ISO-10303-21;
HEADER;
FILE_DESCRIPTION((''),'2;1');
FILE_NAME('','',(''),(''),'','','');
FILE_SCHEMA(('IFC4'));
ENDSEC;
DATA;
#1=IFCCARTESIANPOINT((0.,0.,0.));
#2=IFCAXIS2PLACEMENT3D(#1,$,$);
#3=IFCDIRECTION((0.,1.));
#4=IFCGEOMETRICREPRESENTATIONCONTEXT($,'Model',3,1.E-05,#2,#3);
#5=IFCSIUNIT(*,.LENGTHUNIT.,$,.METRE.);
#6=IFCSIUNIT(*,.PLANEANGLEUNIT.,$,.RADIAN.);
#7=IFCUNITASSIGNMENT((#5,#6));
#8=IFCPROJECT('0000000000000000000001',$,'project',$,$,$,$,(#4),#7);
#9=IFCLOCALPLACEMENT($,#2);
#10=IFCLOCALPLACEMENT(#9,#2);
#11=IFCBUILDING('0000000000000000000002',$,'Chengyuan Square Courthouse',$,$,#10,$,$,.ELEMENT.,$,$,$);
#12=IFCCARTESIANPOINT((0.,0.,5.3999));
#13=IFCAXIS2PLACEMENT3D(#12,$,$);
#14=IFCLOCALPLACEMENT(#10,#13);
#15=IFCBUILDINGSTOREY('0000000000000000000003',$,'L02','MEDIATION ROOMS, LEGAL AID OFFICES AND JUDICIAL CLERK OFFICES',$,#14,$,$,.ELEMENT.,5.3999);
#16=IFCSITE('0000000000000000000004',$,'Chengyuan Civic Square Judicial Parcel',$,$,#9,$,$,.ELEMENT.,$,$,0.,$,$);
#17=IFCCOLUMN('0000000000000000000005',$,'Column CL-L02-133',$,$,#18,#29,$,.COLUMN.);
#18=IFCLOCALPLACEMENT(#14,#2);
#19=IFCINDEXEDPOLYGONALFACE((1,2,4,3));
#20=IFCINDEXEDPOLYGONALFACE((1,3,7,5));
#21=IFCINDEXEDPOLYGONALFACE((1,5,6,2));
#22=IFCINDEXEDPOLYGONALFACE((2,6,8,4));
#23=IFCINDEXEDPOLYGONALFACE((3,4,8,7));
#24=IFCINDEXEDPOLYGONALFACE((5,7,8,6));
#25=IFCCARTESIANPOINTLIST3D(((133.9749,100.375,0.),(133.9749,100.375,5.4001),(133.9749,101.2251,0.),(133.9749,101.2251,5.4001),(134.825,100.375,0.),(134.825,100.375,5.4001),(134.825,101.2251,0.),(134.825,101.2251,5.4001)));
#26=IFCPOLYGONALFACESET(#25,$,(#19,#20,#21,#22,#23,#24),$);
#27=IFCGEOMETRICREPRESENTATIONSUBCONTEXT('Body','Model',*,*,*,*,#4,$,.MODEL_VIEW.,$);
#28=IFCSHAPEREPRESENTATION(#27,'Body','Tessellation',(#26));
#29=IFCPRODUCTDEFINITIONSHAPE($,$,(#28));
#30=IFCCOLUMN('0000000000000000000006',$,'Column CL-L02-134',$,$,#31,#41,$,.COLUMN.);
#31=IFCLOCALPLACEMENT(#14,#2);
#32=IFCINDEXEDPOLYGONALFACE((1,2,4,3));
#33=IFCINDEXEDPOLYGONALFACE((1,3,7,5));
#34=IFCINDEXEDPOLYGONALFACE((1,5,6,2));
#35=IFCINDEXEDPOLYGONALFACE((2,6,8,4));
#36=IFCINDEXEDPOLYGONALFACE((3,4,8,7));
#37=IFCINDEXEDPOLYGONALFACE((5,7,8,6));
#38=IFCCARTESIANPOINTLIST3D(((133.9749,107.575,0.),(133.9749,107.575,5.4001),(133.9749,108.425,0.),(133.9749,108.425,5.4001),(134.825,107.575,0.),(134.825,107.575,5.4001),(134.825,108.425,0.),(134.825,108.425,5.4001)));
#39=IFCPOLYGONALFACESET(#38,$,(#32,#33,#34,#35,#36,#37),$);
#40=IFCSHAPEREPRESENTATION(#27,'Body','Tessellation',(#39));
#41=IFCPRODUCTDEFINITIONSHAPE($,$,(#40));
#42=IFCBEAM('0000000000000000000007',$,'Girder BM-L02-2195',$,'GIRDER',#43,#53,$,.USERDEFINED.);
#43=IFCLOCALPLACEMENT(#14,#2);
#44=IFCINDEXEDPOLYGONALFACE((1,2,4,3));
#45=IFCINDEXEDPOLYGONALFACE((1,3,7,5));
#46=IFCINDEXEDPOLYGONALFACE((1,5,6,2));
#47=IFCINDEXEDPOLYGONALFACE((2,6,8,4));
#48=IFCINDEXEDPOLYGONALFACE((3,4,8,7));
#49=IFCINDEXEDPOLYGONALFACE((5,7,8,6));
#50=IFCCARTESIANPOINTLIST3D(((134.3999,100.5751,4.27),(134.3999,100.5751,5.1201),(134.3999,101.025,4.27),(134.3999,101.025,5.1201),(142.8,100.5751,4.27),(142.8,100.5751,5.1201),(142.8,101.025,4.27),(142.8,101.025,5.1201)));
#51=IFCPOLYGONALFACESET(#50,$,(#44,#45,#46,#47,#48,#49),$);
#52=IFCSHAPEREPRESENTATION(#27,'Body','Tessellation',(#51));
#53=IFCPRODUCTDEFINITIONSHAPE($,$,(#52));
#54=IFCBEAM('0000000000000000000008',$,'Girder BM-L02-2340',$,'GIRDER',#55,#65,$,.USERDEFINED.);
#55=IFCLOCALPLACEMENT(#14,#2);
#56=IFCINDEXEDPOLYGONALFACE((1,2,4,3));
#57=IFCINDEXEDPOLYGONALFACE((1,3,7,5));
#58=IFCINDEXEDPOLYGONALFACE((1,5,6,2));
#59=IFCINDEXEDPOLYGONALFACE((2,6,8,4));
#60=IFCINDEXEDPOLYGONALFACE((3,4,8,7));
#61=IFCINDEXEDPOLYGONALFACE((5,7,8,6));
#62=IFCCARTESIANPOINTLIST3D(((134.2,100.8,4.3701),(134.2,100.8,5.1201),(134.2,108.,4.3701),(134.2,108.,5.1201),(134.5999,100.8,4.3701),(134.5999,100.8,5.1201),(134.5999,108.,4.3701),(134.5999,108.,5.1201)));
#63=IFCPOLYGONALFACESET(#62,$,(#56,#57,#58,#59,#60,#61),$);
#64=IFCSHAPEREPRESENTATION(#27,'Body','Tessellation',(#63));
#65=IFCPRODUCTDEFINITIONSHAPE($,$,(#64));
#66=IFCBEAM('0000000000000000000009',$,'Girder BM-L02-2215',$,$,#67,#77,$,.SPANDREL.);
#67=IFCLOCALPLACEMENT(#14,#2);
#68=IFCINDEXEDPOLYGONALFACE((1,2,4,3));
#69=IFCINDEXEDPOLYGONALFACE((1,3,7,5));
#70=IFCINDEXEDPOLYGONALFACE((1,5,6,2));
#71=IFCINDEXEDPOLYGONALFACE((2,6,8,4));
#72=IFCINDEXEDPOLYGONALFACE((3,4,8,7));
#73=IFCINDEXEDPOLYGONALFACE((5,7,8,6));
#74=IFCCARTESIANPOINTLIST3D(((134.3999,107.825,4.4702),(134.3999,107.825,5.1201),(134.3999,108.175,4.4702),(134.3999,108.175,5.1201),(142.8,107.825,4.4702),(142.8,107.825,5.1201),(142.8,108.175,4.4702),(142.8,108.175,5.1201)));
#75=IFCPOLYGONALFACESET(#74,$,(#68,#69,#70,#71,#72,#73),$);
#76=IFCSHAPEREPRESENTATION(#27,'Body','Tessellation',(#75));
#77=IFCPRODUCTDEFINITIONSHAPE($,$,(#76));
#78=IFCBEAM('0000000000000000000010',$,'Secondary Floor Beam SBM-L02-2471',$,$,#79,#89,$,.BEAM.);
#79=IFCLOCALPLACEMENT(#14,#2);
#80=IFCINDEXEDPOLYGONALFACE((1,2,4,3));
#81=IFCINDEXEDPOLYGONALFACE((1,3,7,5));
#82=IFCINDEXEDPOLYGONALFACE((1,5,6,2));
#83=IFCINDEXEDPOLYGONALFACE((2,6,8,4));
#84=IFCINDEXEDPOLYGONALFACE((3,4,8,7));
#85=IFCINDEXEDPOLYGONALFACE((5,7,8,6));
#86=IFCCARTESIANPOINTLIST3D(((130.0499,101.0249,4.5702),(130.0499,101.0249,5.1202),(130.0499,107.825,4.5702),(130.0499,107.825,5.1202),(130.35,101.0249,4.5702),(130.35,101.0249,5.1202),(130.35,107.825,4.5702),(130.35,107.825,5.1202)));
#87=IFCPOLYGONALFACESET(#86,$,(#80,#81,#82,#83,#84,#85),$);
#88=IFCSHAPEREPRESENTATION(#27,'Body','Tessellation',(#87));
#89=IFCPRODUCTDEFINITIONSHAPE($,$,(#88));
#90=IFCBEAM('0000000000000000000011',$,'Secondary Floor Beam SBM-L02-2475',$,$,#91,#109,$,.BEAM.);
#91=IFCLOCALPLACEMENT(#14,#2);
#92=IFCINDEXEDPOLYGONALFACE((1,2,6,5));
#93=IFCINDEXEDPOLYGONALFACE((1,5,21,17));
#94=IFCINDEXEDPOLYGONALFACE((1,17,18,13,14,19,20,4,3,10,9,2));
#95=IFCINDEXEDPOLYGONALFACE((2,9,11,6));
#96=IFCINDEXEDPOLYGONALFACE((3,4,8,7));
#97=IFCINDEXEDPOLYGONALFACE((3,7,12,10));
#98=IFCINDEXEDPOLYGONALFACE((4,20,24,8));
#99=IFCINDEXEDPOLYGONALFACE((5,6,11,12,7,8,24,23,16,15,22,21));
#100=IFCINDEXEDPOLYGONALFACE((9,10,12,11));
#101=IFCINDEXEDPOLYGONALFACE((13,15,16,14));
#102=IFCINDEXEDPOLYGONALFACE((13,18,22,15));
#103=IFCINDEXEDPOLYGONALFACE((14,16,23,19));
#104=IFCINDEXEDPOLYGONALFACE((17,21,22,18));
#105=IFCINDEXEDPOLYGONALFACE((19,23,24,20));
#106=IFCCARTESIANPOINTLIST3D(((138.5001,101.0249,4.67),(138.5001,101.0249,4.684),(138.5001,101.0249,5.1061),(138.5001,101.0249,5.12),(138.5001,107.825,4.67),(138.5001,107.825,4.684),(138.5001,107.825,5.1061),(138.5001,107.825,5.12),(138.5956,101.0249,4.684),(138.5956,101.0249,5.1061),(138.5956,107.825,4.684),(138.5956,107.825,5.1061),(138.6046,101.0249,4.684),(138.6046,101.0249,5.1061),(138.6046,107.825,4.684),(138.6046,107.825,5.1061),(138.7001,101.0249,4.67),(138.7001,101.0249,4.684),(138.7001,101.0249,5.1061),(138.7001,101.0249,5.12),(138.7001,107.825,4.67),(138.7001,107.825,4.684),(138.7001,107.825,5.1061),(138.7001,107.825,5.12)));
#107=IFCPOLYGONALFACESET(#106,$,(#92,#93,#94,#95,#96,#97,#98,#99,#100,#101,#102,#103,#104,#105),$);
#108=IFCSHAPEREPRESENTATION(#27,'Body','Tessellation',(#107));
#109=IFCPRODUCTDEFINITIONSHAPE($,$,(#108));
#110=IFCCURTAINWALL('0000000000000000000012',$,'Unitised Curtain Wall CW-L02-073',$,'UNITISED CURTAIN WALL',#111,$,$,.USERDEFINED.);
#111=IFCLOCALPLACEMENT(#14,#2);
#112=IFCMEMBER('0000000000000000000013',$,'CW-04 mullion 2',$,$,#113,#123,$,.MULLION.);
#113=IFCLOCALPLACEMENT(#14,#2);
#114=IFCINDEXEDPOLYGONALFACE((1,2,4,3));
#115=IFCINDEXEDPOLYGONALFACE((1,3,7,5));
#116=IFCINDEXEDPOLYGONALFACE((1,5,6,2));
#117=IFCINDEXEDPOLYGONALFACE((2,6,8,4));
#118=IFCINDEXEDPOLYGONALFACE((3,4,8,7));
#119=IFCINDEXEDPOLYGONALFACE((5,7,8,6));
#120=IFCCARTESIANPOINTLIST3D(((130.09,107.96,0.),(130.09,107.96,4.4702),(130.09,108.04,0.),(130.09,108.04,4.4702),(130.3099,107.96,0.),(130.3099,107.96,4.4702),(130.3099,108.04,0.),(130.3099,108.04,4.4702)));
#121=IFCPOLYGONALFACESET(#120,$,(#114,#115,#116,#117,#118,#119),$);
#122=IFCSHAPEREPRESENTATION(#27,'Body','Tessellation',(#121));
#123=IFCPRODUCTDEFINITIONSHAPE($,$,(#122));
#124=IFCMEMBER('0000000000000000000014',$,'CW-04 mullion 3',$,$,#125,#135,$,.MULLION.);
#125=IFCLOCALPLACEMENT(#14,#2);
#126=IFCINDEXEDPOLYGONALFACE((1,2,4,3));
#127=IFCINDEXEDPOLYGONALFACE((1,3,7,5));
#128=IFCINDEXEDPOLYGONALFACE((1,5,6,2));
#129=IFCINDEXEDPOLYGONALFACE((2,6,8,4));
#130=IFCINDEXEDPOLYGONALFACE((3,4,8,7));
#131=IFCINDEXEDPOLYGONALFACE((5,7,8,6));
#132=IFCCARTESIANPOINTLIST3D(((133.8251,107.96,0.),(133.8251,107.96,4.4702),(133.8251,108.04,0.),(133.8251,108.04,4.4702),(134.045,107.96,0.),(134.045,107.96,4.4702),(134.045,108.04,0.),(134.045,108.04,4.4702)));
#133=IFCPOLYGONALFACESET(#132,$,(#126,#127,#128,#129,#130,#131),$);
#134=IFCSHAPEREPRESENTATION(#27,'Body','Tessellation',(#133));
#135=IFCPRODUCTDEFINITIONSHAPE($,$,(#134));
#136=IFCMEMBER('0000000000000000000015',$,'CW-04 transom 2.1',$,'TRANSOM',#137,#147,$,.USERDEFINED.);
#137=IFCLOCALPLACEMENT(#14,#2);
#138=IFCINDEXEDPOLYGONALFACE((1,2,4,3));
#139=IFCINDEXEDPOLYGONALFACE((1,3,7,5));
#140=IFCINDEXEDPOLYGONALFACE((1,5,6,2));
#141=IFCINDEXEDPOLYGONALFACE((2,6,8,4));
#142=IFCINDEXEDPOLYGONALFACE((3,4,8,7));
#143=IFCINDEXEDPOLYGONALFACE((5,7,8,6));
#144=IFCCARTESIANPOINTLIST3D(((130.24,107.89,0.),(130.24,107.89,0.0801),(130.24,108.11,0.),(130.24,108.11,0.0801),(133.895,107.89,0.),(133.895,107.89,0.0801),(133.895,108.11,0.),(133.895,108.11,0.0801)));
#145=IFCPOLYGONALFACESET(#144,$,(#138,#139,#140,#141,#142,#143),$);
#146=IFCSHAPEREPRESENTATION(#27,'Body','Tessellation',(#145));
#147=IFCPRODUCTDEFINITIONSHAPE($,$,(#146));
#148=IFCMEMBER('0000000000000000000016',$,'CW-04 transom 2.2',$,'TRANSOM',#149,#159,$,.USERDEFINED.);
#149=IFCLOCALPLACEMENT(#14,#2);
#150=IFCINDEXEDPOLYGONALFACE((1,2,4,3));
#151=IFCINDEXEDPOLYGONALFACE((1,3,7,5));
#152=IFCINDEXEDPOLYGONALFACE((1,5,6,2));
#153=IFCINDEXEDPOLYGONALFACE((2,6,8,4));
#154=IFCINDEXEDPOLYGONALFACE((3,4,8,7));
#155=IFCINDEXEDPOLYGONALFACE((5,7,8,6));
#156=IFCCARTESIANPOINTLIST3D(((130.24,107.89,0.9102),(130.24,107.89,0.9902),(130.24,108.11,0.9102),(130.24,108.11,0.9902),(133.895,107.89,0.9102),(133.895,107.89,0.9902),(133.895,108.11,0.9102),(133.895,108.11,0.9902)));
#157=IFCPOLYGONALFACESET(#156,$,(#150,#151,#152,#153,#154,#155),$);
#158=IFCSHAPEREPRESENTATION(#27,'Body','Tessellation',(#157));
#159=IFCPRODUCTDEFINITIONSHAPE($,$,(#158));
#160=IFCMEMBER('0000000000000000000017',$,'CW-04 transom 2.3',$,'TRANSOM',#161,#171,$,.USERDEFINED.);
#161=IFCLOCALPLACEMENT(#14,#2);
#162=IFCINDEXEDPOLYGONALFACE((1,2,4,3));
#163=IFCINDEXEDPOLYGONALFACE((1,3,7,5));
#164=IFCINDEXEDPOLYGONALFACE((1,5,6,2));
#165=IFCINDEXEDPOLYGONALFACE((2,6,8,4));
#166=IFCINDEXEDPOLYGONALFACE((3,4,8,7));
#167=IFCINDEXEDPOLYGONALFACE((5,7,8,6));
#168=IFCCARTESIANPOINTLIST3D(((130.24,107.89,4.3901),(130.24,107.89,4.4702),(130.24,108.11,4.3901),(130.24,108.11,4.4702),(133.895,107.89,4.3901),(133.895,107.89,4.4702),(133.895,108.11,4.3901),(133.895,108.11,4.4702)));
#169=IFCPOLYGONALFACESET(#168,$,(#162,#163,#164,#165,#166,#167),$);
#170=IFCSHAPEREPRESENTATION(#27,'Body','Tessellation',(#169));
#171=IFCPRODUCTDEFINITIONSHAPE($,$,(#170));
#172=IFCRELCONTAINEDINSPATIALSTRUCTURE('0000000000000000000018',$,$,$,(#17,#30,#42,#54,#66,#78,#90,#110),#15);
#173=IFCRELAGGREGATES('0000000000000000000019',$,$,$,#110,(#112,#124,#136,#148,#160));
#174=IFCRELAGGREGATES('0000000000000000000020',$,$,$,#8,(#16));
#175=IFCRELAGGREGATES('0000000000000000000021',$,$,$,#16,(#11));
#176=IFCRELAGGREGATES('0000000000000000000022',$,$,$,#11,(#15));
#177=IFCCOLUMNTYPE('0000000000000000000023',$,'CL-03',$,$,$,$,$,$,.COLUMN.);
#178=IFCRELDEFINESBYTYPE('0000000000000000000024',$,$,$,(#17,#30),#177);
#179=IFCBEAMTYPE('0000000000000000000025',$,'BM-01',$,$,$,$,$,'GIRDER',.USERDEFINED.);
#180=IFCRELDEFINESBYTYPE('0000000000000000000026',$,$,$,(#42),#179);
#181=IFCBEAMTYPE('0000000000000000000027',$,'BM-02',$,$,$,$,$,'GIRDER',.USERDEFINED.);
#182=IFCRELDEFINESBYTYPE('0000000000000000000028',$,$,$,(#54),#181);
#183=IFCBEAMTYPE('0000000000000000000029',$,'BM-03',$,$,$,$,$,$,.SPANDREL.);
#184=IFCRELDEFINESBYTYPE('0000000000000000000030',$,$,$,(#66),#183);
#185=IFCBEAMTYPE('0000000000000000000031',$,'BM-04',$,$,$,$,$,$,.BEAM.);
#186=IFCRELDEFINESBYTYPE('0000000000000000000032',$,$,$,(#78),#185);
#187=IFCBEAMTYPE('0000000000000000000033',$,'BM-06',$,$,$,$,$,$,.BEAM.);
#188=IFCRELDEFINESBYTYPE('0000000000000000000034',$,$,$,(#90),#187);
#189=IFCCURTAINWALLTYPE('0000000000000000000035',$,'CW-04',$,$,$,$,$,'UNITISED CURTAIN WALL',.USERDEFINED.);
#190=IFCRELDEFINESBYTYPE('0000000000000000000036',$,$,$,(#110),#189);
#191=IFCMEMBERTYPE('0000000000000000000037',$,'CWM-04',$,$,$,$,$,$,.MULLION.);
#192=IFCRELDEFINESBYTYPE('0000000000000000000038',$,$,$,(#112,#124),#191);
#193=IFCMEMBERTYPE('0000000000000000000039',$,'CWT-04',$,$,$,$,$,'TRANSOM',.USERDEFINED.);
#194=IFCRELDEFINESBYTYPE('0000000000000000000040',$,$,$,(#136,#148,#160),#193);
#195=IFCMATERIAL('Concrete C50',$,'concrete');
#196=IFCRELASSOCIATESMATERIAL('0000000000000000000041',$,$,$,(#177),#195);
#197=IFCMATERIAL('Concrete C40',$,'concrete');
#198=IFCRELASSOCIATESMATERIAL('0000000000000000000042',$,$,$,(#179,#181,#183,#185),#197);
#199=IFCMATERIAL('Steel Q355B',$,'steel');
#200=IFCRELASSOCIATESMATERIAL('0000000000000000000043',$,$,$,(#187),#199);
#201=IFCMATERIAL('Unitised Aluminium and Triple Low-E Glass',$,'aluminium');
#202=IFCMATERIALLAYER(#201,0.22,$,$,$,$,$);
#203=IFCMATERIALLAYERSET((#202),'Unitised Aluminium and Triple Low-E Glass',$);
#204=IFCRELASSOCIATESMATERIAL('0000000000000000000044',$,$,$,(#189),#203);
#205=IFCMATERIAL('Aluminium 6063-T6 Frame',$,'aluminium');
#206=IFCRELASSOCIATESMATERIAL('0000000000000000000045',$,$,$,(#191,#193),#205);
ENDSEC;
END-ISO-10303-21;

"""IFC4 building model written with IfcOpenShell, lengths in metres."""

from ifc_helpers import new_model, si_unit, direction, frame, origin, origin_2d, place, context, subcontext, project, spatial, rectangle, i_section, extrude, material, layer, layer_set, material_profile, profile_set, type_object, element, aggregate, save


model = new_model("IFC4")

# Units and contexts
model_context = context("Model", 3, precision=1e-05, world=origin(), true_north=direction((0.0, 1.0)))
body_context = subcontext(model_context, "Body", "Model", "MODEL_VIEW")
ifc_project = project(units=[si_unit("LENGTHUNIT", "METRE"), si_unit("PLANEANGLEUNIT", "RADIAN")], contexts=[model_context])

# Site, building, storey
site_placement = place(None, origin())
site = spatial("IfcSite", under=ifc_project, at=site_placement, Name="Chengyuan Civic Square Judicial Parcel", CompositionType="ELEMENT", RefElevation=0.0)
building_placement = place(site_placement, origin())
building = spatial("IfcBuilding", under=site, at=building_placement, Name="Chengyuan Square Courthouse", CompositionType="ELEMENT")
storey_placement = place(building_placement, frame((0.0, 0.0, 5.3999)))
storey = spatial("IfcBuildingStorey", under=building, at=storey_placement, Name="L02", Description="MEDIATION ROOMS, LEGAL AID OFFICES AND JUDICIAL CLERK OFFICES", CompositionType="ELEMENT", Elevation=5.3999)

# Columns
ifc_material_1 = material(Name="Concrete C50", Category="concrete")
ifc_material_profile_1 = material_profile(ifc_material_1, rectangle(XDim=0.8501, YDim=0.8501, at=origin_2d()), Name="RC-COL-850x850")
ifc_profile_set_1 = profile_set([ifc_material_profile_1], Name="Concrete C50")
column_type = type_object("IfcColumnType", Name="CL-03", PredefinedType="COLUMN", material=ifc_profile_set_1)
for number, where, z_axis, x_axis, name in (
    (1, (134.3999, 100.8, 0.0), (0.0, 0.0, 1.0), (1.0, 0.0, 0.0), "Column CL-L02-133"),
    (2, (134.3999, 108.0, 0.0), (0.0, 0.0, 1.0), (1.0, 0.0, 0.0), "Column CL-L02-134"),
):
    element("IfcColumn", number, at=place(storey_placement, frame(where, z_axis=z_axis, x_axis=x_axis)), inside=storey, type_object=column_type, Name=name, PredefinedType="COLUMN", context=body_context, shape_type="SweptSolid", body=[
        extrude(rectangle(XDim=0.8501, YDim=0.8501, at=origin_2d()), origin(), (0.0, 0.0, 1.0), 5.4001),
    ])

# Beams
ifc_material_2 = material(Name="Concrete C40", Category="concrete")
ifc_material_profile_2 = material_profile(ifc_material_2, rectangle(XDim=0.45, YDim=0.8501, at=origin_2d()), Name="RC-BM-450x850")
ifc_profile_set_2 = profile_set([ifc_material_profile_2], Name="Concrete C40")
beam_type_1 = type_object("IfcBeamType", Name="BM-01", ElementType="GIRDER", PredefinedType="USERDEFINED", material=ifc_profile_set_2)
beam_1_placement = place(storey_placement, frame((134.3999, 100.8, 4.6951), z_axis=(1.0, 0.0, 0.0), x_axis=(0.0, 1.0, 0.0)))
element("IfcBeam", 3, at=beam_1_placement, inside=storey, type_object=beam_type_1, Name="Girder BM-L02-2195", ObjectType="GIRDER", PredefinedType="USERDEFINED", context=body_context, shape_type="SweptSolid", body=[
    extrude(rectangle(XDim=0.45, YDim=0.8501, at=origin_2d()), origin(), (0.0, 0.0, 1.0), 8.4001),
])
ifc_material_profile_3 = material_profile(ifc_material_2, rectangle(XDim=0.3999, YDim=0.75, at=origin_2d()), Name="RC-BM-400x750")
ifc_profile_set_3 = profile_set([ifc_material_profile_3], Name="Concrete C40")
beam_type_2 = type_object("IfcBeamType", Name="BM-02", ElementType="GIRDER", PredefinedType="USERDEFINED", material=ifc_profile_set_3)
beam_2_placement = place(storey_placement, frame((134.3999, 100.8, 4.7451), z_axis=(0.0, 1.0, 0.0), x_axis=(-1.0, 0.0, 0.0)))
element("IfcBeam", 4, at=beam_2_placement, inside=storey, type_object=beam_type_2, Name="Girder BM-L02-2340", ObjectType="GIRDER", PredefinedType="USERDEFINED", context=body_context, shape_type="SweptSolid", body=[
    extrude(rectangle(XDim=0.3999, YDim=0.75, at=origin_2d()), origin(), (0.0, 0.0, 1.0), 7.2),
])
ifc_material_profile_4 = material_profile(ifc_material_2, rectangle(XDim=0.3501, YDim=0.6499, at=origin_2d()), Name="RC-BM-350x650")
ifc_profile_set_4 = profile_set([ifc_material_profile_4], Name="Concrete C40")
beam_type_3 = type_object("IfcBeamType", Name="BM-03", PredefinedType="SPANDREL", material=ifc_profile_set_4)
beam_3_placement = place(storey_placement, frame((134.3999, 108.0, 4.7952), z_axis=(1.0, 0.0, 0.0), x_axis=(0.0, 1.0, 0.0)))
element("IfcBeam", 5, at=beam_3_placement, inside=storey, type_object=beam_type_3, Name="Girder BM-L02-2215", PredefinedType="SPANDREL", context=body_context, shape_type="SweptSolid", body=[
    extrude(rectangle(XDim=0.3501, YDim=0.6499, at=origin_2d()), origin(), (0.0, 0.0, 1.0), 8.4001),
])
ifc_material_profile_5 = material_profile(ifc_material_2, rectangle(XDim=0.3, YDim=0.55, at=origin_2d()), Name="RC-BM-300x550")
ifc_profile_set_5 = profile_set([ifc_material_profile_5], Name="Concrete C40")
beam_type_4 = type_object("IfcBeamType", Name="BM-04", PredefinedType="BEAM", material=ifc_profile_set_5)
beam_4_placement = place(storey_placement, frame((130.2, 101.0249, 4.8452), z_axis=(0.0, 1.0, 0.0), x_axis=(-1.0, 0.0, 0.0)))
element("IfcBeam", 6, at=beam_4_placement, inside=storey, type_object=beam_type_4, Name="Secondary Floor Beam SBM-L02-2471", PredefinedType="BEAM", context=body_context, shape_type="SweptSolid", body=[
    extrude(rectangle(XDim=0.3, YDim=0.55, at=origin_2d()), origin(), (0.0, 0.0, 1.0), 6.8),
])
ifc_material_3 = material(Name="Steel Q355B", Category="steel")
ifc_material_profile_6 = material_profile(ifc_material_3, i_section(OverallWidth=0.2, OverallDepth=0.45, WebThickness=0.009, FlangeThickness=0.0139, at=origin_2d()), Name="HN 450x200x9x14")
ifc_profile_set_6 = profile_set([ifc_material_profile_6], Name="Steel Q355B")
beam_type_5 = type_object("IfcBeamType", Name="BM-06", PredefinedType="BEAM", material=ifc_profile_set_6)
beam_5_placement = place(storey_placement, frame((138.6001, 101.0249, 4.895), z_axis=(0.0, 1.0, 0.0), x_axis=(-1.0, 0.0, 0.0)))
element("IfcBeam", 7, at=beam_5_placement, inside=storey, type_object=beam_type_5, Name="Secondary Floor Beam SBM-L02-2475", PredefinedType="BEAM", context=body_context, shape_type="SweptSolid", body=[
    extrude(i_section(OverallWidth=0.2, OverallDepth=0.45, WebThickness=0.009, FlangeThickness=0.0139, at=origin_2d()), origin(), (0.0, 0.0, 1.0), 6.8),
])

# Curtain wall, members
ifc_material_4 = material(Name="Unitised Aluminium and Triple Low-E Glass", Category="aluminium")
ifc_layer_1 = layer(ifc_material_4, 0.22)
ifc_layer_set_1 = layer_set([ifc_layer_1], Name="Unitised Aluminium and Triple Low-E Glass")
curtain_wall_type = type_object("IfcCurtainWallType", Name="CW-04", ElementType="UNITISED CURTAIN WALL", PredefinedType="USERDEFINED", material=ifc_layer_set_1)
curtain_wall_placement = place(storey_placement, origin())
curtain_wall = element("IfcCurtainWall", 8, at=curtain_wall_placement, inside=storey, type_object=curtain_wall_type, Name="Unitised Curtain Wall CW-L02-073", ObjectType="UNITISED CURTAIN WALL", PredefinedType="USERDEFINED")
ifc_material_5 = material(Name="Aluminium 6063-T6 Frame", Category="aluminium")
ifc_material_profile_7 = material_profile(ifc_material_5, rectangle(XDim=0.0801, YDim=0.22, at=origin_2d()), Name="CW-MUL-80x220")
ifc_profile_set_7 = profile_set([ifc_material_profile_7], Name="Aluminium 6063-T6 Frame")
member_type_1 = type_object("IfcMemberType", Name="CWM-04", PredefinedType="MULLION", material=ifc_profile_set_7)
member_1_placement = place(storey_placement, frame((130.2, 108.0, 0.0), z_axis=(0.0, 0.0, 1.0), x_axis=(0.0, 1.0, 0.0)))
member_1 = element("IfcMember", 9, at=member_1_placement, type_object=member_type_1, Name="CW-04 mullion 2", PredefinedType="MULLION", context=body_context, shape_type="SweptSolid", body=[
    extrude(rectangle(XDim=0.0801, YDim=0.22, at=origin_2d()), origin(), (0.0, 0.0, 1.0), 4.4702),
])
member_2_placement = place(storey_placement, frame((133.9351, 108.0, 0.0), z_axis=(0.0, 0.0, 1.0), x_axis=(0.0, 1.0, 0.0)))
member_2 = element("IfcMember", 10, at=member_2_placement, type_object=member_type_1, Name="CW-04 mullion 3", PredefinedType="MULLION", context=body_context, shape_type="SweptSolid", body=[
    extrude(rectangle(XDim=0.0801, YDim=0.22, at=origin_2d()), origin(), (0.0, 0.0, 1.0), 4.4702),
])
ifc_material_profile_8 = material_profile(ifc_material_5, rectangle(XDim=0.22, YDim=0.0801, at=origin_2d()), Name="CW-TRN-80x180")
ifc_profile_set_8 = profile_set([ifc_material_profile_8], Name="Aluminium 6063-T6 Frame")
member_type_2 = type_object("IfcMemberType", Name="CWT-04", ElementType="TRANSOM", PredefinedType="USERDEFINED", material=ifc_profile_set_8)
member_3_placement = place(storey_placement, frame((130.24, 108.0, 0.04), z_axis=(1.0, 0.0, 0.0), x_axis=(0.0, 1.0, 0.0)))
member_3 = element("IfcMember", 11, at=member_3_placement, type_object=member_type_2, Name="CW-04 transom 2.1", ObjectType="TRANSOM", PredefinedType="USERDEFINED", context=body_context, shape_type="SweptSolid", body=[
    extrude(rectangle(XDim=0.22, YDim=0.0801, at=origin_2d()), origin(), (0.0, 0.0, 1.0), 3.655),
])
member_4_placement = place(storey_placement, frame((130.24, 108.0, 0.9502), z_axis=(1.0, 0.0, 0.0), x_axis=(0.0, 1.0, 0.0)))
member_4 = element("IfcMember", 12, at=member_4_placement, type_object=member_type_2, Name="CW-04 transom 2.2", ObjectType="TRANSOM", PredefinedType="USERDEFINED", context=body_context, shape_type="SweptSolid", body=[
    extrude(rectangle(XDim=0.22, YDim=0.0801, at=origin_2d()), origin(), (0.0, 0.0, 1.0), 3.655),
])
member_5_placement = place(storey_placement, frame((130.24, 108.0, 4.4302), z_axis=(1.0, 0.0, 0.0), x_axis=(0.0, 1.0, 0.0)))
member_5 = element("IfcMember", 13, at=member_5_placement, type_object=member_type_2, Name="CW-04 transom 2.3", ObjectType="TRANSOM", PredefinedType="USERDEFINED", context=body_context, shape_type="SweptSolid", body=[
    extrude(rectangle(XDim=0.22, YDim=0.0801, at=origin_2d()), origin(), (0.0, 0.0, 1.0), 3.655),
])
aggregate(curtain_wall, [member_1, member_2, member_3, member_4, member_5])

save(model, "model.ifc")
